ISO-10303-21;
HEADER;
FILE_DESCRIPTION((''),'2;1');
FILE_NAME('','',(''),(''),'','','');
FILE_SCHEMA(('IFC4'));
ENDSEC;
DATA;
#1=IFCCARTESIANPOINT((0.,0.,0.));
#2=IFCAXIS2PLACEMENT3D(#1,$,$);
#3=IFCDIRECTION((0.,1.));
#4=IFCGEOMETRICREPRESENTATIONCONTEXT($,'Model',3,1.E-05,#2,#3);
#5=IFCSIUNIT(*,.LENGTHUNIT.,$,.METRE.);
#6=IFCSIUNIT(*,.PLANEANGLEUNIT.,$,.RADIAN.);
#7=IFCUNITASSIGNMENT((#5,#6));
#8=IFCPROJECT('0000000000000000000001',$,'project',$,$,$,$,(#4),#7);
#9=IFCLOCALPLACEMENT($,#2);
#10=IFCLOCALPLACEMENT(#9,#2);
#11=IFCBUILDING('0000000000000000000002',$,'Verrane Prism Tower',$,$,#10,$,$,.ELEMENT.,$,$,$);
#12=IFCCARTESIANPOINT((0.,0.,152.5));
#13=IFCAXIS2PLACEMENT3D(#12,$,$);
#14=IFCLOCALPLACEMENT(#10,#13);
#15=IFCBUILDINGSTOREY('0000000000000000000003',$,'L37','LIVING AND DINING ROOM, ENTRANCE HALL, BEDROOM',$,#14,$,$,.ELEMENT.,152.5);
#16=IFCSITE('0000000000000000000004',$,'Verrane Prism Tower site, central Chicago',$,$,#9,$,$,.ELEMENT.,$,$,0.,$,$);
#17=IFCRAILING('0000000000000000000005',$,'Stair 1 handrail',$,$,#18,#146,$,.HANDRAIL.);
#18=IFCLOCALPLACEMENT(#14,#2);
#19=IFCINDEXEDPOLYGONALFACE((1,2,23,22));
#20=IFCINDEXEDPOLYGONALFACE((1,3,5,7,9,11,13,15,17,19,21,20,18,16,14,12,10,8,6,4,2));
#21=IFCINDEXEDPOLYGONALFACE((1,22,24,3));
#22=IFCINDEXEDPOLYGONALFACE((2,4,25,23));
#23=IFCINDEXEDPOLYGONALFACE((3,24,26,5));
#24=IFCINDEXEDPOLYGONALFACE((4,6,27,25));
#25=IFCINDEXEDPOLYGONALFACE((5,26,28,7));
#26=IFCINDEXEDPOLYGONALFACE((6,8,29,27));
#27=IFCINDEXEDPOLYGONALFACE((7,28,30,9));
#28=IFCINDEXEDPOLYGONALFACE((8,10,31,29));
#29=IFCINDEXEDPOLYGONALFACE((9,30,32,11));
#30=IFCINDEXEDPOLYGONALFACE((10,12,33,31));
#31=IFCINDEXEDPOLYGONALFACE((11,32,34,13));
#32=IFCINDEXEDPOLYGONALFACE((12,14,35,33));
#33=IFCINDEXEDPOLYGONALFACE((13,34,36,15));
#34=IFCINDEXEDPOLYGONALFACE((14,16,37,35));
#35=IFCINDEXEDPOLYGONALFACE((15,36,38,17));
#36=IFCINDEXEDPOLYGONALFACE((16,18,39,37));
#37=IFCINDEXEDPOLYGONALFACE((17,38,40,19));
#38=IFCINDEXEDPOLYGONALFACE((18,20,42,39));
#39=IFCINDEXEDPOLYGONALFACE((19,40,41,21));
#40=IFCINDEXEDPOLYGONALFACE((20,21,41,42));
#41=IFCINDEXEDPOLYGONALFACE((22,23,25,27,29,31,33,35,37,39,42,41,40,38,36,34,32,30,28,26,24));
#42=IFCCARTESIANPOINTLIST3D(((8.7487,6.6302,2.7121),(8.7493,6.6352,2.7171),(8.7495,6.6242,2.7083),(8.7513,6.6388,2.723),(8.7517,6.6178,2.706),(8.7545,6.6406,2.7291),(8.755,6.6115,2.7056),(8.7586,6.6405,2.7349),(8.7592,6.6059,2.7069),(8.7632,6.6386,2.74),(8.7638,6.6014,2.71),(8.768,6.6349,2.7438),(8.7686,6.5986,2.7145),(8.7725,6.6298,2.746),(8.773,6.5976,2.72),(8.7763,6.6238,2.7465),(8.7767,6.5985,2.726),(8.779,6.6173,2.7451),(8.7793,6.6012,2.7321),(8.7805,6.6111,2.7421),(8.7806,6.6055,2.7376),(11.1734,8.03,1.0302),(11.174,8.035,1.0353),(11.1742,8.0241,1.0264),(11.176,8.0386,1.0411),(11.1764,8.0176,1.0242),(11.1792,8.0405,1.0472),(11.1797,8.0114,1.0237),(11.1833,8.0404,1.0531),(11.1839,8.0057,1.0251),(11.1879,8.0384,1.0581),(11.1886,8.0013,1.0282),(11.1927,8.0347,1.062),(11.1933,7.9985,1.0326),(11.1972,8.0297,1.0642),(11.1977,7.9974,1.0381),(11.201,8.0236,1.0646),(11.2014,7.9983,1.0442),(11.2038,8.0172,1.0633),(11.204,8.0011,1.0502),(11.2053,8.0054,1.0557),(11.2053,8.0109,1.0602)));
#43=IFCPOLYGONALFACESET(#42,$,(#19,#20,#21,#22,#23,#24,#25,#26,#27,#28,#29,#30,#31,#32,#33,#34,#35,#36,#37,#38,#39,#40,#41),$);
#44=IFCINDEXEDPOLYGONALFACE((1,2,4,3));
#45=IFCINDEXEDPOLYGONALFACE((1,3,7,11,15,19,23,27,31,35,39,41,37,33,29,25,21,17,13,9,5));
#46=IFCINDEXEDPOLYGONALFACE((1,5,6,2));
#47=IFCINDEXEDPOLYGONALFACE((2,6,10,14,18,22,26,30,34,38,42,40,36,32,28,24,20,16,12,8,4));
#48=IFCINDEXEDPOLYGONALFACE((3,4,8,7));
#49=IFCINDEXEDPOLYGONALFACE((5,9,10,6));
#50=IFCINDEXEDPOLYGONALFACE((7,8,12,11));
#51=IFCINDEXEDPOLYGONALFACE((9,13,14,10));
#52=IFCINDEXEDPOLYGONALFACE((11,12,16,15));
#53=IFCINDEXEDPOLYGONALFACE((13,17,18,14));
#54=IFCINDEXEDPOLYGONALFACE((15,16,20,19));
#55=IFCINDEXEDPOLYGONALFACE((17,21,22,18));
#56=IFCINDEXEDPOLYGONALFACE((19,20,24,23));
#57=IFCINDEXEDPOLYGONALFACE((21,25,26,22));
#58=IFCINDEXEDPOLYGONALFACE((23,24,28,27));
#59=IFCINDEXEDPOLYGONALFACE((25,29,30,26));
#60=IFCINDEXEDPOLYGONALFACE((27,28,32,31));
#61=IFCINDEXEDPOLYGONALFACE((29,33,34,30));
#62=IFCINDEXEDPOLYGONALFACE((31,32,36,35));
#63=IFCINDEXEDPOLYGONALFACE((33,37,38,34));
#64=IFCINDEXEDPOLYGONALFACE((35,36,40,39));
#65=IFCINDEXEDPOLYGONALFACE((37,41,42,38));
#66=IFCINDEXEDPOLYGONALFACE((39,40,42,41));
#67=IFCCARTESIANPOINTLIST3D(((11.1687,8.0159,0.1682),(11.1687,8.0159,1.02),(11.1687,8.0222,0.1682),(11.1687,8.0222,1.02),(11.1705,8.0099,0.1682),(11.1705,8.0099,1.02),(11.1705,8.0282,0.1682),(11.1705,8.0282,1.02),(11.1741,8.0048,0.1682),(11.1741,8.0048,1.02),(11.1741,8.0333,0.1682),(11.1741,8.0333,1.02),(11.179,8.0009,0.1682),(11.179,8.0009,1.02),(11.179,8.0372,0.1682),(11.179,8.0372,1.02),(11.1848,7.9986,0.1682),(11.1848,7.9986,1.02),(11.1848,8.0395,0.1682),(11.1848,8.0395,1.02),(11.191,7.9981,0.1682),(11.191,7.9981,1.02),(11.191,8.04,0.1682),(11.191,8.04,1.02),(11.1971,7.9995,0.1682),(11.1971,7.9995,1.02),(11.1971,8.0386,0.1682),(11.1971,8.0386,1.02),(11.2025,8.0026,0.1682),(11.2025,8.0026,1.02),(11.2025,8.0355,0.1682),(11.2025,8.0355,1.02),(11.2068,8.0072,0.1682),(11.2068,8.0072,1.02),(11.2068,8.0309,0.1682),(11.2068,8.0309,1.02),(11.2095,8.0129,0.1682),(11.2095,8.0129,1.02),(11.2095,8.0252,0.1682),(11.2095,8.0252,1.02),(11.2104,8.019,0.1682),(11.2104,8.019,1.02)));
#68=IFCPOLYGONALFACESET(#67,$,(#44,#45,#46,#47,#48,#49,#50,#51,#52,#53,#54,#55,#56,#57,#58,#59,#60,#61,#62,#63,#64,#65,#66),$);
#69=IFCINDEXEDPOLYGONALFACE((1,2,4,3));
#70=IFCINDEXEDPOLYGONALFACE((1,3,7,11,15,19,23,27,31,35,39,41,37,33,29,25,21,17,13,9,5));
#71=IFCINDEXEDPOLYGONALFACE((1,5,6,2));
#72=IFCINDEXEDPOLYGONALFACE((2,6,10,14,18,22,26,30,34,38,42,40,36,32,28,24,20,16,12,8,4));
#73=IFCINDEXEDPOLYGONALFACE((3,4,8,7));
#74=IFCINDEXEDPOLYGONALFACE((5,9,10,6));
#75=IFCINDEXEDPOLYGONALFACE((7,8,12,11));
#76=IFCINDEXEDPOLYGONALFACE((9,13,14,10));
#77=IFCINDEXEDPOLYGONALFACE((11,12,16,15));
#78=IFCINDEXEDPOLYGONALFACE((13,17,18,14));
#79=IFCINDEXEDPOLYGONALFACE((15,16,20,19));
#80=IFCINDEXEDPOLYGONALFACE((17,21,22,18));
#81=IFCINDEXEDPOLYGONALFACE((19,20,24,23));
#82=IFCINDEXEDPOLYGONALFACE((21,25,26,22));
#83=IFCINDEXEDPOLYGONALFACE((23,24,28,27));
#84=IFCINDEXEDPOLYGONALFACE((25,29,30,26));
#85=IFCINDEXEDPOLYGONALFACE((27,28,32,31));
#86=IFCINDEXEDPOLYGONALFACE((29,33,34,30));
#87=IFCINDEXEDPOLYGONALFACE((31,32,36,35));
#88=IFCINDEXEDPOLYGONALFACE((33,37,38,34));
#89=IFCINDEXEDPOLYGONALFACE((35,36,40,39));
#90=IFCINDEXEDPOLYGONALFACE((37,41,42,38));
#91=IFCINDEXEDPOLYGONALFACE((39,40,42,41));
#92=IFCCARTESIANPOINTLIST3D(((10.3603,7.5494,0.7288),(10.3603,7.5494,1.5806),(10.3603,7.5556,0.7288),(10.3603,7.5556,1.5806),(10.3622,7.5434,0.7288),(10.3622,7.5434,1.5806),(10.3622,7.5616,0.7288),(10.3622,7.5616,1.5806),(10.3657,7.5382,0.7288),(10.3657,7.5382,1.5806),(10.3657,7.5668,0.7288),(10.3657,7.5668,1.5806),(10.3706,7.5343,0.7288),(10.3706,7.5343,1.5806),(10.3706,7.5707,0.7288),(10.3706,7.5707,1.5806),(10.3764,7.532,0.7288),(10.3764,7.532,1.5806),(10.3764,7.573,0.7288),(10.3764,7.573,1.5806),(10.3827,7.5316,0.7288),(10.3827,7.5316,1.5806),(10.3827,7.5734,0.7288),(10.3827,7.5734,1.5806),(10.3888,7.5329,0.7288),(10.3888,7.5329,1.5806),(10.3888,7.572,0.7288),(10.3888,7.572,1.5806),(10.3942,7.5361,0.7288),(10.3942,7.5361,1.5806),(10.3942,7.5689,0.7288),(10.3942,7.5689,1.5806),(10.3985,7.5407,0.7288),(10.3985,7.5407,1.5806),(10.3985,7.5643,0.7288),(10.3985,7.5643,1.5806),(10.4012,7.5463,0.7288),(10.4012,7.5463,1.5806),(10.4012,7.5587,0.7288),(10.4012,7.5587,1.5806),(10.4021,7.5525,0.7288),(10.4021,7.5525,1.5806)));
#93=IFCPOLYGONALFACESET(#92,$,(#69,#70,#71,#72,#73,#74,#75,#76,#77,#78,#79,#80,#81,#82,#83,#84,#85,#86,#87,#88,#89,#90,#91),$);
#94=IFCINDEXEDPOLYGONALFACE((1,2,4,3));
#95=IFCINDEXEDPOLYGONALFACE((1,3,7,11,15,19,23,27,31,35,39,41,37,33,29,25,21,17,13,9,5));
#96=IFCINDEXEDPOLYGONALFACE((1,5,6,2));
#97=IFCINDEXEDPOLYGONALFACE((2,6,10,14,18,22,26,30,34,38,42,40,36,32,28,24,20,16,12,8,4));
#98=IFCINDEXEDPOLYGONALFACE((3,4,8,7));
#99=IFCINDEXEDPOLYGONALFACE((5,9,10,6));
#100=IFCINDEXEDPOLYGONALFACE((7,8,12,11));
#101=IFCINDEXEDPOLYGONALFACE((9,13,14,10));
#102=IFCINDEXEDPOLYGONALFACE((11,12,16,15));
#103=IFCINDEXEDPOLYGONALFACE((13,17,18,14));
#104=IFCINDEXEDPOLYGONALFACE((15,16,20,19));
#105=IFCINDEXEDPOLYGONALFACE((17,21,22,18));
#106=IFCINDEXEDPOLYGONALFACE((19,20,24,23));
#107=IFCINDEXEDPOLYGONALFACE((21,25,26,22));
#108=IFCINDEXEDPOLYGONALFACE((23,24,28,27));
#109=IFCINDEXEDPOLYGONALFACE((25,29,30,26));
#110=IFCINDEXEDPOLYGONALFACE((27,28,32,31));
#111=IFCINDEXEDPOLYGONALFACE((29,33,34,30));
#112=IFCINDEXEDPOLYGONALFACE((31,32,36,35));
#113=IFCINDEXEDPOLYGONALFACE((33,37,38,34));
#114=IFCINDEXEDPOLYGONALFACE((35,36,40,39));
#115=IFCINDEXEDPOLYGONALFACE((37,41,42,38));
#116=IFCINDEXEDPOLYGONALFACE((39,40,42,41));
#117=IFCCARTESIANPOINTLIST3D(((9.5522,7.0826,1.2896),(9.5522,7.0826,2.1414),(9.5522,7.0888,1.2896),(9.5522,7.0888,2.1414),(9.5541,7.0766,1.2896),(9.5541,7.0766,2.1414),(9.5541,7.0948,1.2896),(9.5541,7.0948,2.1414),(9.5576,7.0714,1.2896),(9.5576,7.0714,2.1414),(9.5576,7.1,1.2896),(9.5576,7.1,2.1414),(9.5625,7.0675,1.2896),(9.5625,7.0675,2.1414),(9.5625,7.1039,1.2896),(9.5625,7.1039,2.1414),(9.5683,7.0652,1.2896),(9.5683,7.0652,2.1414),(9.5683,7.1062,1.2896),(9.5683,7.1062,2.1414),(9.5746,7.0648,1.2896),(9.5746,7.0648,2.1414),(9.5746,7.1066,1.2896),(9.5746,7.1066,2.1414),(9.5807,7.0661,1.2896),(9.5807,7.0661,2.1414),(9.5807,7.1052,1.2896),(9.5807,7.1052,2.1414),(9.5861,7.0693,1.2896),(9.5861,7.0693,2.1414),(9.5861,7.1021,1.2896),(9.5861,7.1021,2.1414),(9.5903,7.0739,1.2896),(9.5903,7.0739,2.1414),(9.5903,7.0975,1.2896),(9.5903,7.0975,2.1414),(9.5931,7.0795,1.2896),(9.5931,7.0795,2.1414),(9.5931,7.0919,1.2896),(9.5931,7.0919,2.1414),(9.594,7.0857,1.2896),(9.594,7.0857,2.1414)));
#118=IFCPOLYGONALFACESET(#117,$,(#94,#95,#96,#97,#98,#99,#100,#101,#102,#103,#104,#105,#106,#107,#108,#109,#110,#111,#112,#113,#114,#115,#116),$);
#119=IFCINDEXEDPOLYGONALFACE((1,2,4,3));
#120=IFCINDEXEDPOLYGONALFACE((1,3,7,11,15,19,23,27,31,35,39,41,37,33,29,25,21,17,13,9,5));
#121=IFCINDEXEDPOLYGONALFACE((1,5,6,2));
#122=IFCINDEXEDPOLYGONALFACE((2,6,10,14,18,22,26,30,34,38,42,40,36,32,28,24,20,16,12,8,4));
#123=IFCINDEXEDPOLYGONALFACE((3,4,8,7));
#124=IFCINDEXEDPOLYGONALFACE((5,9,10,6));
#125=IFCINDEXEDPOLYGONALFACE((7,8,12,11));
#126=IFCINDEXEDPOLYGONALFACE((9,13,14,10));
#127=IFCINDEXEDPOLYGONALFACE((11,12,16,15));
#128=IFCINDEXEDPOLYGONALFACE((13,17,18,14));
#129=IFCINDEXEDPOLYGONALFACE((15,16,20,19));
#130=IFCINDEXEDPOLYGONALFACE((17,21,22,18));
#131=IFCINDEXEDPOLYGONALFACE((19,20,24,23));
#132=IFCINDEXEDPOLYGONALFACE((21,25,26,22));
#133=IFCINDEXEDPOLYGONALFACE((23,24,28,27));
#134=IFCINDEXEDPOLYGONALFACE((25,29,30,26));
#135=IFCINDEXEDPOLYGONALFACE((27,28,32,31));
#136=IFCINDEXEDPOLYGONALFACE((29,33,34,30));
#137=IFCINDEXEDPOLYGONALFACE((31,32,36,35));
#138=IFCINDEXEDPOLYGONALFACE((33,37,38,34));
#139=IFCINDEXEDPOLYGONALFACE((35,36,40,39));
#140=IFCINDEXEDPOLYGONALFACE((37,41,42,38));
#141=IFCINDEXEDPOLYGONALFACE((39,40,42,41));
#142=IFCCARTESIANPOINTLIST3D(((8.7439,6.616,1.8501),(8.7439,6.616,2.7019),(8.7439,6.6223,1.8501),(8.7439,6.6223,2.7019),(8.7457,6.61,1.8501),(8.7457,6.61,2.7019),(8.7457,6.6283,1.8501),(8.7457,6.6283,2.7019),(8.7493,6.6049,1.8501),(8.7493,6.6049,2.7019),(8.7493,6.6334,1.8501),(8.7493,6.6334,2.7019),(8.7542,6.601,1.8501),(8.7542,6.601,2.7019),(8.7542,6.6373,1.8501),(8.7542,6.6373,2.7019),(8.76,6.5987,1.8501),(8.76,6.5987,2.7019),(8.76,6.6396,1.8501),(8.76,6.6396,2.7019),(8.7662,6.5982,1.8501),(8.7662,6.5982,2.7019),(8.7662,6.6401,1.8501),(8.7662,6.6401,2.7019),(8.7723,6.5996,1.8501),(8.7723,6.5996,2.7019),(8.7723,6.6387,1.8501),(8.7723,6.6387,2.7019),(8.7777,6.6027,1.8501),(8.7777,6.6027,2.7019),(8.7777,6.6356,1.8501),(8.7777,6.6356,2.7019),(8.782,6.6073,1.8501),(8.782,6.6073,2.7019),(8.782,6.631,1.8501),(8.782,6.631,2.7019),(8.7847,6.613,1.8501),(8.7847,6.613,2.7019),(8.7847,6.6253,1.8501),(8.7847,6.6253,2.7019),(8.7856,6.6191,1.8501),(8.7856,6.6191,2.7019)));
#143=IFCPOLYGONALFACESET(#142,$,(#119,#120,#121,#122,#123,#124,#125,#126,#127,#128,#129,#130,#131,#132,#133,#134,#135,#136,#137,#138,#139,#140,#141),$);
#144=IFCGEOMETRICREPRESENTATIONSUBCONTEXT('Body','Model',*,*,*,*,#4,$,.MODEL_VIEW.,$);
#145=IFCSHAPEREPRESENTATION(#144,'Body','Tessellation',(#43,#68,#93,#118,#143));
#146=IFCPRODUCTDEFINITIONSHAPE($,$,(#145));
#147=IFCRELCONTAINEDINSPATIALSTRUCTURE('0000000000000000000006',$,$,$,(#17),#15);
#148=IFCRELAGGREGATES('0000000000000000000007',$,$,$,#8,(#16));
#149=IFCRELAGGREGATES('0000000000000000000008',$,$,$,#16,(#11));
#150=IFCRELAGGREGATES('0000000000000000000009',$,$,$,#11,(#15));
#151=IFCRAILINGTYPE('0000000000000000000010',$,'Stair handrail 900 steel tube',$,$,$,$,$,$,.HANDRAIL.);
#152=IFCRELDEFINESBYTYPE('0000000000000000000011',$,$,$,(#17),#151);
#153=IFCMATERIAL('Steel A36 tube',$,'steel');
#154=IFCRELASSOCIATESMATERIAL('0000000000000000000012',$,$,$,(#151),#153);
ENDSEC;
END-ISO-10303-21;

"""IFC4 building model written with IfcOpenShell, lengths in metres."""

from ifc_helpers import new_model, si_unit, direction, frame, origin, origin_2d, place, context, subcontext, project, spatial, circle, extrude, material, type_object, element, save


model = new_model("IFC4")

# Units and contexts
model_context = context("Model", 3, precision=1e-05, world=origin(), true_north=direction((0.0, 1.0)))
body_context = subcontext(model_context, "Body", "Model", "MODEL_VIEW")
ifc_project = project(units=[si_unit("LENGTHUNIT", "METRE"), si_unit("PLANEANGLEUNIT", "RADIAN")], contexts=[model_context])

# Site, building, storey
site_placement = place(None, origin())
site = spatial("IfcSite", under=ifc_project, at=site_placement, Name="Verrane Prism Tower site, central Chicago", CompositionType="ELEMENT", RefElevation=0.0)
building_placement = place(site_placement, origin())
building = spatial("IfcBuilding", under=site, at=building_placement, Name="Verrane Prism Tower", CompositionType="ELEMENT")
storey_placement = place(building_placement, frame((0.0, 0.0, 152.5)))
storey = spatial("IfcBuildingStorey", under=building, at=storey_placement, Name="L37", Description="LIVING AND DINING ROOM, ENTRANCE HALL, BEDROOM", CompositionType="ELEMENT", Elevation=152.5)

# Railing
ifc_material_1 = material(Name="Steel A36 tube", Category="steel")
railing_type_1 = type_object("IfcRailingType", Name="Stair handrail 900 steel tube", PredefinedType="HANDRAIL", material=ifc_material_1)
railing_1_placement = place(storey_placement, frame((11.1895, 8.019, 0.1682)))
element("IfcRailing", 1, at=railing_1_placement, inside=storey, type_object=railing_type_1, Name="Stair 1 handrail", PredefinedType="HANDRAIL", context=body_context, shape_type="SweptSolid", body=[
    extrude(circle(Radius=0.0239, at=origin_2d()), frame((0.0, 0.0, 0.876), z_axis=(-0.74239, -0.428601, 0.514934), x_axis=(0.499984, -0.866035, 0.0)), (0.0, 0.0, 1.0), 3.2661),
    extrude(circle(Radius=0.021, at=origin_2d()), origin(), (0.0, 0.0, 1.0), 0.8518),
    extrude(circle(Radius=0.021, at=origin_2d()), frame((-0.8083, -0.4666, 0.5605)), (0.0, 0.0, 1.0), 0.8518),
    extrude(circle(Radius=0.021, at=origin_2d()), frame((-1.6165, -0.9333, 1.1213)), (0.0, 0.0, 1.0), 0.8518),
    extrude(circle(Radius=0.021, at=origin_2d()), frame((-2.4248, -1.3999, 1.6819)), (0.0, 0.0, 1.0), 0.8518),
])

save(model, "model.ifc")
